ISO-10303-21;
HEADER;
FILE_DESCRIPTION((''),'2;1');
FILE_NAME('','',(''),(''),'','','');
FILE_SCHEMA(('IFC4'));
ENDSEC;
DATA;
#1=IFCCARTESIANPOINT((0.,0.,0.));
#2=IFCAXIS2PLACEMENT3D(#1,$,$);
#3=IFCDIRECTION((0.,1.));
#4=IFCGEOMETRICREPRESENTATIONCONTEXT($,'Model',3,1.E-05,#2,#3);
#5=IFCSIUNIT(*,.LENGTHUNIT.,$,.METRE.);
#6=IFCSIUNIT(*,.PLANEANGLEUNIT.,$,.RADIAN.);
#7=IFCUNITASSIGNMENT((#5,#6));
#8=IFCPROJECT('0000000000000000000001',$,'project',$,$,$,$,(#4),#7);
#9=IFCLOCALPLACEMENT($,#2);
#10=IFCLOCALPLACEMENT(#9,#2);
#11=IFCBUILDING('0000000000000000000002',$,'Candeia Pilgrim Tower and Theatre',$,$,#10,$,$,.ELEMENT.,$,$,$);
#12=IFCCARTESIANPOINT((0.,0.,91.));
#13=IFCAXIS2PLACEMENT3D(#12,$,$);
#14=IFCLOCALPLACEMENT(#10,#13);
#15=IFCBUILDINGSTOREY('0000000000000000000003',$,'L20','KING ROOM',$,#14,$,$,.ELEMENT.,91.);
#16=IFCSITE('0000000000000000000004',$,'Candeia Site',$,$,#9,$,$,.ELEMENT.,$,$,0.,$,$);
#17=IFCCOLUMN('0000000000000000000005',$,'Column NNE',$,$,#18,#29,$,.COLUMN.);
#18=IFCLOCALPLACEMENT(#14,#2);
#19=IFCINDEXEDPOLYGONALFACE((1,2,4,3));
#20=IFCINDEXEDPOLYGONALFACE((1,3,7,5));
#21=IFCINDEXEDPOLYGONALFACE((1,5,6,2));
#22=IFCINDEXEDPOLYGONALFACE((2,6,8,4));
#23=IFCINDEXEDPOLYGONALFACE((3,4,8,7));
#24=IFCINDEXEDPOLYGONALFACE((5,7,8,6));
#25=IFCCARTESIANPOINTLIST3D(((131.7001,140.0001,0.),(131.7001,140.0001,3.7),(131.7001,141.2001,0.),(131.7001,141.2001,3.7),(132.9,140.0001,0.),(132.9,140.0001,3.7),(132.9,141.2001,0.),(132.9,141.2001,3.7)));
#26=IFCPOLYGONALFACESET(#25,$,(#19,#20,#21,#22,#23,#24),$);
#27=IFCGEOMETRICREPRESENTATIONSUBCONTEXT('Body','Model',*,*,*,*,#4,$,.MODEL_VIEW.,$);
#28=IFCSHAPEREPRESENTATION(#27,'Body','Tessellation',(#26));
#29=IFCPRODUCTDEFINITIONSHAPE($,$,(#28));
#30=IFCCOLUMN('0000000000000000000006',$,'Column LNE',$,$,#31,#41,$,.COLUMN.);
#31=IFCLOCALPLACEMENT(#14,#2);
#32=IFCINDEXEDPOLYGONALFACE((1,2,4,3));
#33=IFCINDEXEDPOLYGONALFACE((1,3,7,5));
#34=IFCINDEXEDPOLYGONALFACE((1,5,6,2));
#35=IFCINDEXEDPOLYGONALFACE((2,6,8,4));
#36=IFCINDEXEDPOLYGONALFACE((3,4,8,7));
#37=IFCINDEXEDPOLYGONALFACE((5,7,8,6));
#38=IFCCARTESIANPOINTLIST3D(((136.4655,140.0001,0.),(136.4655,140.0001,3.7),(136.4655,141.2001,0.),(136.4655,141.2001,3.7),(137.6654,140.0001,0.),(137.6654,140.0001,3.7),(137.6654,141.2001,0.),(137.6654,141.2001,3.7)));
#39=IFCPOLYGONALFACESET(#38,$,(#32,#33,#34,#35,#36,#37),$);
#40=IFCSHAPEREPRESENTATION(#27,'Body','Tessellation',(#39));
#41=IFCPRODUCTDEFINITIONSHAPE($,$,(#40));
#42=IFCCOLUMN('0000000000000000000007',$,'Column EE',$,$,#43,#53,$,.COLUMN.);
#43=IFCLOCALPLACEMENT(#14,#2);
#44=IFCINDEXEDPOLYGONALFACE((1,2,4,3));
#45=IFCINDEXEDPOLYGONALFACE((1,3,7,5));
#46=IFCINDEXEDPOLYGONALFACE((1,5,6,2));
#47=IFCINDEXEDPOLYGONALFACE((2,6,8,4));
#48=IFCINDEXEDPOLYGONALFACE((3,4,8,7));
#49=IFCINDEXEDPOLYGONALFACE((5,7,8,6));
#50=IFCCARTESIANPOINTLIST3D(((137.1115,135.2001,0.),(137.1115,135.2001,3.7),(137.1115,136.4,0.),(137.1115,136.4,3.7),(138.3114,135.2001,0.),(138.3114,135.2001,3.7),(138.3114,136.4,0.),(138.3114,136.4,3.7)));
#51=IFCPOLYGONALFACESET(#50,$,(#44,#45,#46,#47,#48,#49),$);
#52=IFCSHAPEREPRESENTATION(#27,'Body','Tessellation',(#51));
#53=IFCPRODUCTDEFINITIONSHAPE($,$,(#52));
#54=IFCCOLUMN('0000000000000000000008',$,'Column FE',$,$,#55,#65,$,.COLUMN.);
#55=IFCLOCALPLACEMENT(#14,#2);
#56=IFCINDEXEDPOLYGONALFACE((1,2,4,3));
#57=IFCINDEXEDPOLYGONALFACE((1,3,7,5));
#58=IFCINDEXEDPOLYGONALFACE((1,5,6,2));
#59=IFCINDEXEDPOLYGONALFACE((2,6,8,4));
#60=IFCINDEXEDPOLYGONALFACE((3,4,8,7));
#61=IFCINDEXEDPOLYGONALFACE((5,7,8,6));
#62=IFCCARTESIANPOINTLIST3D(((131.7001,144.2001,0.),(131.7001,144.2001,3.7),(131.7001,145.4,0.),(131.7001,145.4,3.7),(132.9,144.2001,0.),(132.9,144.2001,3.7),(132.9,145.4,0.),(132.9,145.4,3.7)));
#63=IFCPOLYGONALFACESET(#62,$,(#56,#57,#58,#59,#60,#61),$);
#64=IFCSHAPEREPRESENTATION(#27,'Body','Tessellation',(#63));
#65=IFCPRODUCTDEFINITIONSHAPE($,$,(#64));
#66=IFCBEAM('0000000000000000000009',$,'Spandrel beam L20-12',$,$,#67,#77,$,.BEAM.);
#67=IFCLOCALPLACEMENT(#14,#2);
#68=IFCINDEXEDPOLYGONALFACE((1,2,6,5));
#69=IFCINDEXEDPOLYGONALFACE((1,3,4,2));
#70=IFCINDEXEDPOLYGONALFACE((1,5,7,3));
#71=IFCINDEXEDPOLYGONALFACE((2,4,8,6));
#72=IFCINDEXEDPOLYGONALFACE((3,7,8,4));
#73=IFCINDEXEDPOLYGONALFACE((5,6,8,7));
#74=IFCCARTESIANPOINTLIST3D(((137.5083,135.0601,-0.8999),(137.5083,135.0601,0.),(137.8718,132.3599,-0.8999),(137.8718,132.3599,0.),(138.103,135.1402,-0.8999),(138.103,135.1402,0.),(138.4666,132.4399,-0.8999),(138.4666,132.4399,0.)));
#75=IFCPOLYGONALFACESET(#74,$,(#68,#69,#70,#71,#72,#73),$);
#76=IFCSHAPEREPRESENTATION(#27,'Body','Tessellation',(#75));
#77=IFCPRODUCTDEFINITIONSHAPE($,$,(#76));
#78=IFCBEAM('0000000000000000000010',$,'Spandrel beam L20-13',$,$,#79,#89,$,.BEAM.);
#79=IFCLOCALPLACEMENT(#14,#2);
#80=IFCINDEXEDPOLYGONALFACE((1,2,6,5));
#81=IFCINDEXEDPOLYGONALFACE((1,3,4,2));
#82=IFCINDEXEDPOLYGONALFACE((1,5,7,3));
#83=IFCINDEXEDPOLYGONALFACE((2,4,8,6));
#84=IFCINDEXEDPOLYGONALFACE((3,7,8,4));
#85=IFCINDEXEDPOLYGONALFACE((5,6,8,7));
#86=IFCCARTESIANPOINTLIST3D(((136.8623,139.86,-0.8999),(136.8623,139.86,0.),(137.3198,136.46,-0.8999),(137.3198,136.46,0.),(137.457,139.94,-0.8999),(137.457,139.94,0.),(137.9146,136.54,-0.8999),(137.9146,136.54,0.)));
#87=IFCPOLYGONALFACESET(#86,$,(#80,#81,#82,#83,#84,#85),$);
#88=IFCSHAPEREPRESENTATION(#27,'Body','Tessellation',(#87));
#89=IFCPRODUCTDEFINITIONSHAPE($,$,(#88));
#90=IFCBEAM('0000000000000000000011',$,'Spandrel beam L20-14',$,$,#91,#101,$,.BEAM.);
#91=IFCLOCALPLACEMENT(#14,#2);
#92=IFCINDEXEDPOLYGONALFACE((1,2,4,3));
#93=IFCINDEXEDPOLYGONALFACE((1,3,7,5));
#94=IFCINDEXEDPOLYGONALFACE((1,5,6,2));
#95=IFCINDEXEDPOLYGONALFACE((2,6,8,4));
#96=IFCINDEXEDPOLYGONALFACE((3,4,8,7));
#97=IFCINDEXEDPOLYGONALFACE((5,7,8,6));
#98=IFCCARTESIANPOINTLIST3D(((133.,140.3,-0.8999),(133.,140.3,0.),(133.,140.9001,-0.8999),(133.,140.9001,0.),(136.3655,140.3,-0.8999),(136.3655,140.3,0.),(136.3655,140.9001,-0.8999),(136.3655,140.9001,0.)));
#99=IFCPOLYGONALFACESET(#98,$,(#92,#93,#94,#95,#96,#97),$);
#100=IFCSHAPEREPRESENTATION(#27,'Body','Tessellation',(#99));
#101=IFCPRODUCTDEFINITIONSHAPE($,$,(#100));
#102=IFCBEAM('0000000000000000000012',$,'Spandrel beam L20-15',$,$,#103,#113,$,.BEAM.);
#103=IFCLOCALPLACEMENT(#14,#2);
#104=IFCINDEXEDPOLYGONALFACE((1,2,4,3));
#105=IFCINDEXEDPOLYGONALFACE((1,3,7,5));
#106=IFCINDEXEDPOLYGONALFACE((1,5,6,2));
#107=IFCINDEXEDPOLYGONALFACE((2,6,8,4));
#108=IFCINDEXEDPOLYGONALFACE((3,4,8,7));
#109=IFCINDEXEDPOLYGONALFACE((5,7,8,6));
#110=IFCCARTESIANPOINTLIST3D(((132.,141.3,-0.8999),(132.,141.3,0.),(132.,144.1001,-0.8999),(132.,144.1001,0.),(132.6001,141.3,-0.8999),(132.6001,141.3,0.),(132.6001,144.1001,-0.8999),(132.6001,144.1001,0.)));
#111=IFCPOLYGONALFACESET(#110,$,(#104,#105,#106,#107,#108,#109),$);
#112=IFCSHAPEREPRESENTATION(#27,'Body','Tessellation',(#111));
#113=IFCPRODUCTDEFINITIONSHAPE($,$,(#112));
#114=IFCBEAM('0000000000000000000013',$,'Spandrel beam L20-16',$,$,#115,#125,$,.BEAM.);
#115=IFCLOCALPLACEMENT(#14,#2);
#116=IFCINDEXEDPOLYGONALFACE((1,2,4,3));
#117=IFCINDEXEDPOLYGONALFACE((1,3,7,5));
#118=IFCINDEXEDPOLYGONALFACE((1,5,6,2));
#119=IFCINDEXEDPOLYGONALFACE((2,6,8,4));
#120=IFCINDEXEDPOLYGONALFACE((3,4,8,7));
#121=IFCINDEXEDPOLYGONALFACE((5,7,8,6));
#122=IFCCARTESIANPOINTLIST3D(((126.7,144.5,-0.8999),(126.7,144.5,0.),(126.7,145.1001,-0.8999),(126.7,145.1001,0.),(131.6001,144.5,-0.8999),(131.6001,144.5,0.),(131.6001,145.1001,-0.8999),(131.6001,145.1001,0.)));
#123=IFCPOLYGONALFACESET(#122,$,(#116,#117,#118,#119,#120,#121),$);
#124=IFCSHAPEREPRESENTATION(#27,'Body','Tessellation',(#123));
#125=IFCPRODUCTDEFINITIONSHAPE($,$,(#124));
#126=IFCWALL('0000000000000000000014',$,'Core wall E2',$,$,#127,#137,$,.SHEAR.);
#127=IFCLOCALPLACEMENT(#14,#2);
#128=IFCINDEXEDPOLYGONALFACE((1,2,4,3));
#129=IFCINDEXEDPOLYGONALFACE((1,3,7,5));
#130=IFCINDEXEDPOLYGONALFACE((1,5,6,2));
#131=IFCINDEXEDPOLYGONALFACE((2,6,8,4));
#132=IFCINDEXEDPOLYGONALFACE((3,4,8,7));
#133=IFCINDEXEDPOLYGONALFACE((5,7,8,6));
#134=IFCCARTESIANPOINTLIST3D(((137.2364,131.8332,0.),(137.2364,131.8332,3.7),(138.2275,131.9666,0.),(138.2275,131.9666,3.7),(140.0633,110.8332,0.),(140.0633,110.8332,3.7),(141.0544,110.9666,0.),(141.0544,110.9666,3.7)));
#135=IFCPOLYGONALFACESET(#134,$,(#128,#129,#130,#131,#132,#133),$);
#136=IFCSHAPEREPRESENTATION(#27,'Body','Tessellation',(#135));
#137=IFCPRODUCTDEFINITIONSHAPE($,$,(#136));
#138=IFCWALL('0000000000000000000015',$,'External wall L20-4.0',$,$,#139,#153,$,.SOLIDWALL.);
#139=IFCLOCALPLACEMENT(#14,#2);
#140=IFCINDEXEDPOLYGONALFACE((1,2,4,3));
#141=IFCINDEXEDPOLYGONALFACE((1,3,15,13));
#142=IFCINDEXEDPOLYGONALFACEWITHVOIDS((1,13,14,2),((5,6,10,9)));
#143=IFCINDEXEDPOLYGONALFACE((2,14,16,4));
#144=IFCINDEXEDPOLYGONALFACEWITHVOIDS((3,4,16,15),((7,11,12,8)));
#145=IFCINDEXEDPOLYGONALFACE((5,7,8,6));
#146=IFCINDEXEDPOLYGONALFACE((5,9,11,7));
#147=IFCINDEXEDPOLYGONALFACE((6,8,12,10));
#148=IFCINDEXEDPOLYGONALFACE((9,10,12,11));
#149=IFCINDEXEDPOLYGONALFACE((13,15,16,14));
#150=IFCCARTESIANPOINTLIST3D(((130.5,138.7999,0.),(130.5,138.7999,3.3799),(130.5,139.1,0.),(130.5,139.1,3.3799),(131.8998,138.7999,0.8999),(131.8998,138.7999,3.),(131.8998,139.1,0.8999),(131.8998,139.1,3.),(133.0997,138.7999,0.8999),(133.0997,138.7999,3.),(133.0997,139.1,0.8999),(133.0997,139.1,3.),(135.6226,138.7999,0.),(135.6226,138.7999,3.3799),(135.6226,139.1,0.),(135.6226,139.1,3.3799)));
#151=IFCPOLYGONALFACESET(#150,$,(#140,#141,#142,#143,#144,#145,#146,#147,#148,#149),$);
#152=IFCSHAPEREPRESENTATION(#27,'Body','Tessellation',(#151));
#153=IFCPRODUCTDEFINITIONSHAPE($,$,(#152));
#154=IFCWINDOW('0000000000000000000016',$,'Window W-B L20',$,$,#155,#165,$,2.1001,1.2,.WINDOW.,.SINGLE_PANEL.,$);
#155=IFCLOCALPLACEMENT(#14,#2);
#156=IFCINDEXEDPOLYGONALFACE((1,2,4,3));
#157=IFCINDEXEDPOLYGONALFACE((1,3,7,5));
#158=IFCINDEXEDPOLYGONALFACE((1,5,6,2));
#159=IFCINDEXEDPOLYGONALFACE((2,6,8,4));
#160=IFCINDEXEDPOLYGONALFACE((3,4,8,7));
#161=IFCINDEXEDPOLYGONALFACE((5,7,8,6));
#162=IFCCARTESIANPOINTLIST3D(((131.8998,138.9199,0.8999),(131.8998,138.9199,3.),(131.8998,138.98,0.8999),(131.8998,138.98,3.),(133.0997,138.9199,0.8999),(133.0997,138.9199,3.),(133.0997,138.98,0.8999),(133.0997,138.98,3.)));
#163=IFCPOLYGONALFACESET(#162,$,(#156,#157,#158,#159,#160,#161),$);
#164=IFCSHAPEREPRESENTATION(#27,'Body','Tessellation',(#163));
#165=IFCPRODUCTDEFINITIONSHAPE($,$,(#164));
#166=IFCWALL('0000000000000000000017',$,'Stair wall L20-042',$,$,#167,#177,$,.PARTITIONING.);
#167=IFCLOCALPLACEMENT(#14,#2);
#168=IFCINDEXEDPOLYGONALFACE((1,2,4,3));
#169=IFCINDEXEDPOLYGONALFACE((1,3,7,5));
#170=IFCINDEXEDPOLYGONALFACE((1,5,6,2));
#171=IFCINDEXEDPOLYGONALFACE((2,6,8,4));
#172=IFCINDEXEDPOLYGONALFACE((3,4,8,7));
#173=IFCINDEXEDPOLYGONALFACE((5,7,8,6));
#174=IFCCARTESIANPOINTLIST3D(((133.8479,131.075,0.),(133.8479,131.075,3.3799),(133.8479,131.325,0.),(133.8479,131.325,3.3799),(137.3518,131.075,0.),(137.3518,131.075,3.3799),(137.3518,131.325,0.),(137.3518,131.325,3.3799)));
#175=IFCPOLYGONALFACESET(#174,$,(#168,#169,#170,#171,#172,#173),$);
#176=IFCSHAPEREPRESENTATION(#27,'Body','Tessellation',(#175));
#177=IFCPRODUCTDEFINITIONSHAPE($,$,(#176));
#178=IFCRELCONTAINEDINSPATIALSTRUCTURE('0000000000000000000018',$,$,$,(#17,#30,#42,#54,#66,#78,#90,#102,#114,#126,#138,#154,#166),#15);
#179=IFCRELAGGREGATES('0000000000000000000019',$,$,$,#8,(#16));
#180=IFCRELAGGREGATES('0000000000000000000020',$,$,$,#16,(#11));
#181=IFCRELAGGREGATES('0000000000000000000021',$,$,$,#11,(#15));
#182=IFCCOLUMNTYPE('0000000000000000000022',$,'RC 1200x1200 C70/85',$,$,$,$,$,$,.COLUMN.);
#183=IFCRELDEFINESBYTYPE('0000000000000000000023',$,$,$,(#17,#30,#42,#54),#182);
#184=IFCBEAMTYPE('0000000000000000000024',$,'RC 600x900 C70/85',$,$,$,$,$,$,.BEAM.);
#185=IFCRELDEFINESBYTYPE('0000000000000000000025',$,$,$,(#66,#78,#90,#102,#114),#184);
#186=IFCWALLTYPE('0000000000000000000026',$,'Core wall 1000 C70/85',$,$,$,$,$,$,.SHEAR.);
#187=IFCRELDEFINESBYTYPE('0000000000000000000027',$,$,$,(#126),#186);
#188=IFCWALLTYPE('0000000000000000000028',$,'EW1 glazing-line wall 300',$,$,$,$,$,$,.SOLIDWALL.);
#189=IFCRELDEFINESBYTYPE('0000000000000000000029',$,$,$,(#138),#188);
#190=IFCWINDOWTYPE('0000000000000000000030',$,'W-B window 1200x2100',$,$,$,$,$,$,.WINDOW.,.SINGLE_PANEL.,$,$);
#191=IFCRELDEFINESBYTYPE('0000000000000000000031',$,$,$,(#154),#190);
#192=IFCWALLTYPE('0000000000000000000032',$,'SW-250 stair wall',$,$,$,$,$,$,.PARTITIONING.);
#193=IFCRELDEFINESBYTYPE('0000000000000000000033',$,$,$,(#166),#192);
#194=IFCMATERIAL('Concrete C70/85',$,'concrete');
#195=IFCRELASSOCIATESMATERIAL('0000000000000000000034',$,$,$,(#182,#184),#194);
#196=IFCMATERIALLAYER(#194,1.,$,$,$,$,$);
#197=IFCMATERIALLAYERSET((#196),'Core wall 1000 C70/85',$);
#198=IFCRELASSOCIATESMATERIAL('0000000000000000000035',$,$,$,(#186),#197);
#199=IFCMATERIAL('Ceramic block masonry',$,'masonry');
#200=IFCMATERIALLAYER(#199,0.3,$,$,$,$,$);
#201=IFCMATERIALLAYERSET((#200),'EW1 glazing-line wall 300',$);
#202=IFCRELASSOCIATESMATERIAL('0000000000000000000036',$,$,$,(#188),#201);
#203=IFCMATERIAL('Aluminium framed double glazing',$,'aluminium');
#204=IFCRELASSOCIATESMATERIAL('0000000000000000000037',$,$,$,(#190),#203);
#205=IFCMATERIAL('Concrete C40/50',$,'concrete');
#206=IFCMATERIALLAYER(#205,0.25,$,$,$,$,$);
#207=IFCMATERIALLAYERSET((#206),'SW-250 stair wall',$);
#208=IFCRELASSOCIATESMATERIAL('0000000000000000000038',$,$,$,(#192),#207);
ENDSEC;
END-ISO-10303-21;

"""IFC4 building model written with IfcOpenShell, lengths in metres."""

from ifc_helpers import new_model, si_unit, direction, frame, frame_2d, origin, origin_2d, place, context, subcontext, project, spatial, rectangle, extrude, material, layer, layer_set, material_profile, profile_set, type_object, element, fill, save


model = new_model("IFC4")

# Units and contexts
model_context = context("Model", 3, precision=1e-05, world=origin(), true_north=direction((0.0, 1.0)))
body_context = subcontext(model_context, "Body", "Model", "MODEL_VIEW")
ifc_project = project(units=[si_unit("LENGTHUNIT", "METRE"), si_unit("PLANEANGLEUNIT", "RADIAN")], contexts=[model_context])

# Site, building, storey
site_placement = place(None, origin())
site = spatial("IfcSite", under=ifc_project, at=site_placement, Name="Candeia Site", CompositionType="ELEMENT", RefElevation=0.0)
building_placement = place(site_placement, origin())
building = spatial("IfcBuilding", under=site, at=building_placement, Name="Candeia Pilgrim Tower and Theatre", CompositionType="ELEMENT")
storey_placement = place(building_placement, frame((0.0, 0.0, 91.0)))
storey = spatial("IfcBuildingStorey", under=building, at=storey_placement, Name="L20", Description="KING ROOM", CompositionType="ELEMENT", Elevation=91.0)

# Columns
ifc_material_1 = material(Name="Concrete C70/85", Category="concrete")
ifc_material_profile_1 = material_profile(ifc_material_1, rectangle(XDim=1.2, YDim=1.2, at=origin_2d()))
ifc_profile_set_1 = profile_set([ifc_material_profile_1], Name="Concrete C70/85")
column_type = type_object("IfcColumnType", Name="RC 1200x1200 C70/85", PredefinedType="COLUMN", material=ifc_profile_set_1)
for number, where, z_axis, x_axis, name in (
    (1, (132.3, 140.6001, 0.0), (0.0, 0.0, 1.0), (1.0, 0.0, 0.0), "Column NNE"),
    (2, (137.0654, 140.6001, 0.0), (0.0, 0.0, 1.0), (1.0, 0.0, 0.0), "Column LNE"),
    (3, (137.7114, 135.8, 0.0), (0.0, 0.0, 1.0), (1.0, 0.0, 0.0), "Column EE"),
    (4, (132.3, 144.8, 0.0), (0.0, 0.0, 1.0), (1.0, 0.0, 0.0), "Column FE"),
):
    element("IfcColumn", number, at=place(storey_placement, frame(where, z_axis=z_axis, x_axis=x_axis)), inside=storey, type_object=column_type, Name=name, PredefinedType="COLUMN", context=body_context, shape_type="SweptSolid", body=[
        extrude(rectangle(XDim=1.2, YDim=1.2, at=origin_2d()), origin(), (0.0, 0.0, 1.0), 3.7),
    ])

# Beams
ifc_material_profile_2 = material_profile(ifc_material_1, rectangle(XDim=0.6001, YDim=0.8999, at=origin_2d()))
ifc_profile_set_2 = profile_set([ifc_material_profile_2], Name="Concrete C70/85")
beam_type = type_object("IfcBeamType", Name="RC 600x900 C70/85", PredefinedType="BEAM", material=ifc_profile_set_2)
beam_1_placement = place(storey_placement, frame((138.1692, 132.3999, -0.45), z_axis=(-0.133426, 0.991059, 0.0), x_axis=(-0.991059, -0.133426, 0.0)))
element("IfcBeam", 5, at=beam_1_placement, inside=storey, type_object=beam_type, Name="Spandrel beam L20-12", PredefinedType="BEAM", context=body_context, shape_type="SweptSolid", body=[
    extrude(rectangle(XDim=0.6001, YDim=0.8999, at=origin_2d()), origin(), (0.0, 0.0, 1.0), 2.7246),
])
beam_2_placement = place(storey_placement, frame((137.6172, 136.5, -0.45), z_axis=(-0.133366, 0.991067, 0.0), x_axis=(-0.991067, -0.133366, 0.0)))
element("IfcBeam", 6, at=beam_2_placement, inside=storey, type_object=beam_type, Name="Spandrel beam L20-13", PredefinedType="BEAM", context=body_context, shape_type="SweptSolid", body=[
    extrude(rectangle(XDim=0.6001, YDim=0.8999, at=origin_2d()), origin(), (0.0, 0.0, 1.0), 3.4307),
])
beam_3_placement = place(storey_placement, frame((136.3655, 140.6001, -0.45), z_axis=(-1.0, 0.0, 0.0), x_axis=(0.0, -1.0, 0.0)))
element("IfcBeam", 7, at=beam_3_placement, inside=storey, type_object=beam_type, Name="Spandrel beam L20-14", PredefinedType="BEAM", context=body_context, shape_type="SweptSolid", body=[
    extrude(rectangle(XDim=0.6001, YDim=0.8999, at=origin_2d()), origin(), (0.0, 0.0, 1.0), 3.3655),
])
beam_4_placement = place(storey_placement, frame((132.3, 141.3, -0.45), z_axis=(0.0, 1.0, 0.0), x_axis=(-1.0, 0.0, 0.0)))
element("IfcBeam", 8, at=beam_4_placement, inside=storey, type_object=beam_type, Name="Spandrel beam L20-15", PredefinedType="BEAM", context=body_context, shape_type="SweptSolid", body=[
    extrude(rectangle(XDim=0.6001, YDim=0.8999, at=origin_2d()), origin(), (0.0, 0.0, 1.0), 2.8),
])
beam_5_placement = place(storey_placement, frame((131.6001, 144.8, -0.45), z_axis=(-1.0, 0.0, 0.0), x_axis=(0.0, -1.0, 0.0)))
element("IfcBeam", 9, at=beam_5_placement, inside=storey, type_object=beam_type, Name="Spandrel beam L20-16", PredefinedType="BEAM", context=body_context, shape_type="SweptSolid", body=[
    extrude(rectangle(XDim=0.6001, YDim=0.8999, at=origin_2d()), origin(), (0.0, 0.0, 1.0), 4.9001),
])

# Wall
ifc_layer_1 = layer(ifc_material_1, 1.0)
ifc_layer_set_1 = layer_set([ifc_layer_1], Name="Core wall 1000 C70/85")
wall_type_1 = type_object("IfcWallType", Name="Core wall 1000 C70/85", PredefinedType="SHEAR", material=ifc_layer_set_1)
wall_1_placement = place(storey_placement, frame((137.7319, 131.8999, 0.0), z_axis=(0.0, 0.0, 1.0), x_axis=(0.133411, -0.991061, 0.0)))
element("IfcWall", 10, at=wall_1_placement, inside=storey, type_object=wall_type_1, Name="Core wall E2", PredefinedType="SHEAR", context=body_context, shape_type="SweptSolid", body=[
    extrude(rectangle(XDim=21.1895, YDim=1.0, at=frame_2d((10.5947, 0.0))), origin(), (0.0, 0.0, 1.0), 3.7),
])

# Shared definitions
ifc_material_2 = material(Name="Ceramic block masonry", Category="masonry")
ifc_layer_2 = layer(ifc_material_2, 0.3)
ifc_layer_set_2 = layer_set([ifc_layer_2], Name="EW1 glazing-line wall 300")
wall_type_2 = type_object("IfcWallType", Name="EW1 glazing-line wall 300", PredefinedType="SOLIDWALL", material=ifc_layer_set_2)
ifc_material_3 = material(Name="Aluminium framed double glazing", Category="aluminium")

# Wall, opening, window
wall_2_placement = place(storey_placement, frame((135.6226, 138.95, 0.0), z_axis=(0.0, 0.0, 1.0), x_axis=(-1.0, 0.0, 0.0)))
wall_2 = element("IfcWall", 11, at=wall_2_placement, inside=storey, type_object=wall_type_2, Name="External wall L20-4.0", PredefinedType="SOLIDWALL", context=body_context, shape_type="SweptSolid", body=[
    extrude(rectangle(XDim=5.1226, YDim=0.3, at=frame_2d((2.5613, 0.0))), origin(), (0.0, 0.0, 1.0), 3.3799),
])
opening_1_placement = place(wall_2_placement, frame((2.5227, 0.0, 0.8999)))
opening_1 = element("IfcOpeningElement", 12, at=opening_1_placement, cuts=wall_2, PredefinedType="OPENING", context=body_context, shape_type="SweptSolid", body=[
    extrude(rectangle(XDim=1.2, YDim=2.1001, at=frame_2d((0.6001, 1.05))), frame((0.0, 0.1602, 0.0), z_axis=(0.0, -1.0, 0.0), x_axis=(1.0, 0.0, 0.0)), (0.0, 0.0, 1.0), 0.3201),
])
window_type_1 = type_object("IfcWindowType", Name="W-B window 1200x2100", PartitioningType="SINGLE_PANEL", PredefinedType="WINDOW", material=ifc_material_3)
window_1_placement = place(opening_1_placement, origin())
window_1 = element("IfcWindow", 13, at=window_1_placement, inside=storey, type_object=window_type_1, Name="Window W-B L20", OverallHeight=2.1001, OverallWidth=1.2, PartitioningType="SINGLE_PANEL", PredefinedType="WINDOW", context=body_context, shape_type="SweptSolid", body=[
    extrude(rectangle(XDim=1.2, YDim=2.1001, at=frame_2d((0.6001, 1.05))), frame((0.0, 0.03, 0.0), z_axis=(0.0, -1.0, 0.0), x_axis=(1.0, 0.0, 0.0)), (0.0, 0.0, 1.0), 0.0601),
])
fill(opening_1, window_1)

# Wall
ifc_material_4 = material(Name="Concrete C40/50", Category="concrete")
ifc_layer_3 = layer(ifc_material_4, 0.25)
ifc_layer_set_3 = layer_set([ifc_layer_3], Name="SW-250 stair wall")
wall_type_3 = type_object("IfcWallType", Name="SW-250 stair wall", PredefinedType="PARTITIONING", material=ifc_layer_set_3)
wall_3_placement = place(storey_placement, frame((133.8479, 131.2, 0.0), z_axis=(0.0, 0.0, 1.0), x_axis=(1.0, 0.0, 0.0)))
element("IfcWall", 14, at=wall_3_placement, inside=storey, type_object=wall_type_3, Name="Stair wall L20-042", PredefinedType="PARTITIONING", context=body_context, shape_type="SweptSolid", body=[
    extrude(rectangle(XDim=3.5039, YDim=0.25, at=frame_2d((1.752, 0.0))), origin(), (0.0, 0.0, 1.0), 3.3799),
])

save(model, "model.ifc")
